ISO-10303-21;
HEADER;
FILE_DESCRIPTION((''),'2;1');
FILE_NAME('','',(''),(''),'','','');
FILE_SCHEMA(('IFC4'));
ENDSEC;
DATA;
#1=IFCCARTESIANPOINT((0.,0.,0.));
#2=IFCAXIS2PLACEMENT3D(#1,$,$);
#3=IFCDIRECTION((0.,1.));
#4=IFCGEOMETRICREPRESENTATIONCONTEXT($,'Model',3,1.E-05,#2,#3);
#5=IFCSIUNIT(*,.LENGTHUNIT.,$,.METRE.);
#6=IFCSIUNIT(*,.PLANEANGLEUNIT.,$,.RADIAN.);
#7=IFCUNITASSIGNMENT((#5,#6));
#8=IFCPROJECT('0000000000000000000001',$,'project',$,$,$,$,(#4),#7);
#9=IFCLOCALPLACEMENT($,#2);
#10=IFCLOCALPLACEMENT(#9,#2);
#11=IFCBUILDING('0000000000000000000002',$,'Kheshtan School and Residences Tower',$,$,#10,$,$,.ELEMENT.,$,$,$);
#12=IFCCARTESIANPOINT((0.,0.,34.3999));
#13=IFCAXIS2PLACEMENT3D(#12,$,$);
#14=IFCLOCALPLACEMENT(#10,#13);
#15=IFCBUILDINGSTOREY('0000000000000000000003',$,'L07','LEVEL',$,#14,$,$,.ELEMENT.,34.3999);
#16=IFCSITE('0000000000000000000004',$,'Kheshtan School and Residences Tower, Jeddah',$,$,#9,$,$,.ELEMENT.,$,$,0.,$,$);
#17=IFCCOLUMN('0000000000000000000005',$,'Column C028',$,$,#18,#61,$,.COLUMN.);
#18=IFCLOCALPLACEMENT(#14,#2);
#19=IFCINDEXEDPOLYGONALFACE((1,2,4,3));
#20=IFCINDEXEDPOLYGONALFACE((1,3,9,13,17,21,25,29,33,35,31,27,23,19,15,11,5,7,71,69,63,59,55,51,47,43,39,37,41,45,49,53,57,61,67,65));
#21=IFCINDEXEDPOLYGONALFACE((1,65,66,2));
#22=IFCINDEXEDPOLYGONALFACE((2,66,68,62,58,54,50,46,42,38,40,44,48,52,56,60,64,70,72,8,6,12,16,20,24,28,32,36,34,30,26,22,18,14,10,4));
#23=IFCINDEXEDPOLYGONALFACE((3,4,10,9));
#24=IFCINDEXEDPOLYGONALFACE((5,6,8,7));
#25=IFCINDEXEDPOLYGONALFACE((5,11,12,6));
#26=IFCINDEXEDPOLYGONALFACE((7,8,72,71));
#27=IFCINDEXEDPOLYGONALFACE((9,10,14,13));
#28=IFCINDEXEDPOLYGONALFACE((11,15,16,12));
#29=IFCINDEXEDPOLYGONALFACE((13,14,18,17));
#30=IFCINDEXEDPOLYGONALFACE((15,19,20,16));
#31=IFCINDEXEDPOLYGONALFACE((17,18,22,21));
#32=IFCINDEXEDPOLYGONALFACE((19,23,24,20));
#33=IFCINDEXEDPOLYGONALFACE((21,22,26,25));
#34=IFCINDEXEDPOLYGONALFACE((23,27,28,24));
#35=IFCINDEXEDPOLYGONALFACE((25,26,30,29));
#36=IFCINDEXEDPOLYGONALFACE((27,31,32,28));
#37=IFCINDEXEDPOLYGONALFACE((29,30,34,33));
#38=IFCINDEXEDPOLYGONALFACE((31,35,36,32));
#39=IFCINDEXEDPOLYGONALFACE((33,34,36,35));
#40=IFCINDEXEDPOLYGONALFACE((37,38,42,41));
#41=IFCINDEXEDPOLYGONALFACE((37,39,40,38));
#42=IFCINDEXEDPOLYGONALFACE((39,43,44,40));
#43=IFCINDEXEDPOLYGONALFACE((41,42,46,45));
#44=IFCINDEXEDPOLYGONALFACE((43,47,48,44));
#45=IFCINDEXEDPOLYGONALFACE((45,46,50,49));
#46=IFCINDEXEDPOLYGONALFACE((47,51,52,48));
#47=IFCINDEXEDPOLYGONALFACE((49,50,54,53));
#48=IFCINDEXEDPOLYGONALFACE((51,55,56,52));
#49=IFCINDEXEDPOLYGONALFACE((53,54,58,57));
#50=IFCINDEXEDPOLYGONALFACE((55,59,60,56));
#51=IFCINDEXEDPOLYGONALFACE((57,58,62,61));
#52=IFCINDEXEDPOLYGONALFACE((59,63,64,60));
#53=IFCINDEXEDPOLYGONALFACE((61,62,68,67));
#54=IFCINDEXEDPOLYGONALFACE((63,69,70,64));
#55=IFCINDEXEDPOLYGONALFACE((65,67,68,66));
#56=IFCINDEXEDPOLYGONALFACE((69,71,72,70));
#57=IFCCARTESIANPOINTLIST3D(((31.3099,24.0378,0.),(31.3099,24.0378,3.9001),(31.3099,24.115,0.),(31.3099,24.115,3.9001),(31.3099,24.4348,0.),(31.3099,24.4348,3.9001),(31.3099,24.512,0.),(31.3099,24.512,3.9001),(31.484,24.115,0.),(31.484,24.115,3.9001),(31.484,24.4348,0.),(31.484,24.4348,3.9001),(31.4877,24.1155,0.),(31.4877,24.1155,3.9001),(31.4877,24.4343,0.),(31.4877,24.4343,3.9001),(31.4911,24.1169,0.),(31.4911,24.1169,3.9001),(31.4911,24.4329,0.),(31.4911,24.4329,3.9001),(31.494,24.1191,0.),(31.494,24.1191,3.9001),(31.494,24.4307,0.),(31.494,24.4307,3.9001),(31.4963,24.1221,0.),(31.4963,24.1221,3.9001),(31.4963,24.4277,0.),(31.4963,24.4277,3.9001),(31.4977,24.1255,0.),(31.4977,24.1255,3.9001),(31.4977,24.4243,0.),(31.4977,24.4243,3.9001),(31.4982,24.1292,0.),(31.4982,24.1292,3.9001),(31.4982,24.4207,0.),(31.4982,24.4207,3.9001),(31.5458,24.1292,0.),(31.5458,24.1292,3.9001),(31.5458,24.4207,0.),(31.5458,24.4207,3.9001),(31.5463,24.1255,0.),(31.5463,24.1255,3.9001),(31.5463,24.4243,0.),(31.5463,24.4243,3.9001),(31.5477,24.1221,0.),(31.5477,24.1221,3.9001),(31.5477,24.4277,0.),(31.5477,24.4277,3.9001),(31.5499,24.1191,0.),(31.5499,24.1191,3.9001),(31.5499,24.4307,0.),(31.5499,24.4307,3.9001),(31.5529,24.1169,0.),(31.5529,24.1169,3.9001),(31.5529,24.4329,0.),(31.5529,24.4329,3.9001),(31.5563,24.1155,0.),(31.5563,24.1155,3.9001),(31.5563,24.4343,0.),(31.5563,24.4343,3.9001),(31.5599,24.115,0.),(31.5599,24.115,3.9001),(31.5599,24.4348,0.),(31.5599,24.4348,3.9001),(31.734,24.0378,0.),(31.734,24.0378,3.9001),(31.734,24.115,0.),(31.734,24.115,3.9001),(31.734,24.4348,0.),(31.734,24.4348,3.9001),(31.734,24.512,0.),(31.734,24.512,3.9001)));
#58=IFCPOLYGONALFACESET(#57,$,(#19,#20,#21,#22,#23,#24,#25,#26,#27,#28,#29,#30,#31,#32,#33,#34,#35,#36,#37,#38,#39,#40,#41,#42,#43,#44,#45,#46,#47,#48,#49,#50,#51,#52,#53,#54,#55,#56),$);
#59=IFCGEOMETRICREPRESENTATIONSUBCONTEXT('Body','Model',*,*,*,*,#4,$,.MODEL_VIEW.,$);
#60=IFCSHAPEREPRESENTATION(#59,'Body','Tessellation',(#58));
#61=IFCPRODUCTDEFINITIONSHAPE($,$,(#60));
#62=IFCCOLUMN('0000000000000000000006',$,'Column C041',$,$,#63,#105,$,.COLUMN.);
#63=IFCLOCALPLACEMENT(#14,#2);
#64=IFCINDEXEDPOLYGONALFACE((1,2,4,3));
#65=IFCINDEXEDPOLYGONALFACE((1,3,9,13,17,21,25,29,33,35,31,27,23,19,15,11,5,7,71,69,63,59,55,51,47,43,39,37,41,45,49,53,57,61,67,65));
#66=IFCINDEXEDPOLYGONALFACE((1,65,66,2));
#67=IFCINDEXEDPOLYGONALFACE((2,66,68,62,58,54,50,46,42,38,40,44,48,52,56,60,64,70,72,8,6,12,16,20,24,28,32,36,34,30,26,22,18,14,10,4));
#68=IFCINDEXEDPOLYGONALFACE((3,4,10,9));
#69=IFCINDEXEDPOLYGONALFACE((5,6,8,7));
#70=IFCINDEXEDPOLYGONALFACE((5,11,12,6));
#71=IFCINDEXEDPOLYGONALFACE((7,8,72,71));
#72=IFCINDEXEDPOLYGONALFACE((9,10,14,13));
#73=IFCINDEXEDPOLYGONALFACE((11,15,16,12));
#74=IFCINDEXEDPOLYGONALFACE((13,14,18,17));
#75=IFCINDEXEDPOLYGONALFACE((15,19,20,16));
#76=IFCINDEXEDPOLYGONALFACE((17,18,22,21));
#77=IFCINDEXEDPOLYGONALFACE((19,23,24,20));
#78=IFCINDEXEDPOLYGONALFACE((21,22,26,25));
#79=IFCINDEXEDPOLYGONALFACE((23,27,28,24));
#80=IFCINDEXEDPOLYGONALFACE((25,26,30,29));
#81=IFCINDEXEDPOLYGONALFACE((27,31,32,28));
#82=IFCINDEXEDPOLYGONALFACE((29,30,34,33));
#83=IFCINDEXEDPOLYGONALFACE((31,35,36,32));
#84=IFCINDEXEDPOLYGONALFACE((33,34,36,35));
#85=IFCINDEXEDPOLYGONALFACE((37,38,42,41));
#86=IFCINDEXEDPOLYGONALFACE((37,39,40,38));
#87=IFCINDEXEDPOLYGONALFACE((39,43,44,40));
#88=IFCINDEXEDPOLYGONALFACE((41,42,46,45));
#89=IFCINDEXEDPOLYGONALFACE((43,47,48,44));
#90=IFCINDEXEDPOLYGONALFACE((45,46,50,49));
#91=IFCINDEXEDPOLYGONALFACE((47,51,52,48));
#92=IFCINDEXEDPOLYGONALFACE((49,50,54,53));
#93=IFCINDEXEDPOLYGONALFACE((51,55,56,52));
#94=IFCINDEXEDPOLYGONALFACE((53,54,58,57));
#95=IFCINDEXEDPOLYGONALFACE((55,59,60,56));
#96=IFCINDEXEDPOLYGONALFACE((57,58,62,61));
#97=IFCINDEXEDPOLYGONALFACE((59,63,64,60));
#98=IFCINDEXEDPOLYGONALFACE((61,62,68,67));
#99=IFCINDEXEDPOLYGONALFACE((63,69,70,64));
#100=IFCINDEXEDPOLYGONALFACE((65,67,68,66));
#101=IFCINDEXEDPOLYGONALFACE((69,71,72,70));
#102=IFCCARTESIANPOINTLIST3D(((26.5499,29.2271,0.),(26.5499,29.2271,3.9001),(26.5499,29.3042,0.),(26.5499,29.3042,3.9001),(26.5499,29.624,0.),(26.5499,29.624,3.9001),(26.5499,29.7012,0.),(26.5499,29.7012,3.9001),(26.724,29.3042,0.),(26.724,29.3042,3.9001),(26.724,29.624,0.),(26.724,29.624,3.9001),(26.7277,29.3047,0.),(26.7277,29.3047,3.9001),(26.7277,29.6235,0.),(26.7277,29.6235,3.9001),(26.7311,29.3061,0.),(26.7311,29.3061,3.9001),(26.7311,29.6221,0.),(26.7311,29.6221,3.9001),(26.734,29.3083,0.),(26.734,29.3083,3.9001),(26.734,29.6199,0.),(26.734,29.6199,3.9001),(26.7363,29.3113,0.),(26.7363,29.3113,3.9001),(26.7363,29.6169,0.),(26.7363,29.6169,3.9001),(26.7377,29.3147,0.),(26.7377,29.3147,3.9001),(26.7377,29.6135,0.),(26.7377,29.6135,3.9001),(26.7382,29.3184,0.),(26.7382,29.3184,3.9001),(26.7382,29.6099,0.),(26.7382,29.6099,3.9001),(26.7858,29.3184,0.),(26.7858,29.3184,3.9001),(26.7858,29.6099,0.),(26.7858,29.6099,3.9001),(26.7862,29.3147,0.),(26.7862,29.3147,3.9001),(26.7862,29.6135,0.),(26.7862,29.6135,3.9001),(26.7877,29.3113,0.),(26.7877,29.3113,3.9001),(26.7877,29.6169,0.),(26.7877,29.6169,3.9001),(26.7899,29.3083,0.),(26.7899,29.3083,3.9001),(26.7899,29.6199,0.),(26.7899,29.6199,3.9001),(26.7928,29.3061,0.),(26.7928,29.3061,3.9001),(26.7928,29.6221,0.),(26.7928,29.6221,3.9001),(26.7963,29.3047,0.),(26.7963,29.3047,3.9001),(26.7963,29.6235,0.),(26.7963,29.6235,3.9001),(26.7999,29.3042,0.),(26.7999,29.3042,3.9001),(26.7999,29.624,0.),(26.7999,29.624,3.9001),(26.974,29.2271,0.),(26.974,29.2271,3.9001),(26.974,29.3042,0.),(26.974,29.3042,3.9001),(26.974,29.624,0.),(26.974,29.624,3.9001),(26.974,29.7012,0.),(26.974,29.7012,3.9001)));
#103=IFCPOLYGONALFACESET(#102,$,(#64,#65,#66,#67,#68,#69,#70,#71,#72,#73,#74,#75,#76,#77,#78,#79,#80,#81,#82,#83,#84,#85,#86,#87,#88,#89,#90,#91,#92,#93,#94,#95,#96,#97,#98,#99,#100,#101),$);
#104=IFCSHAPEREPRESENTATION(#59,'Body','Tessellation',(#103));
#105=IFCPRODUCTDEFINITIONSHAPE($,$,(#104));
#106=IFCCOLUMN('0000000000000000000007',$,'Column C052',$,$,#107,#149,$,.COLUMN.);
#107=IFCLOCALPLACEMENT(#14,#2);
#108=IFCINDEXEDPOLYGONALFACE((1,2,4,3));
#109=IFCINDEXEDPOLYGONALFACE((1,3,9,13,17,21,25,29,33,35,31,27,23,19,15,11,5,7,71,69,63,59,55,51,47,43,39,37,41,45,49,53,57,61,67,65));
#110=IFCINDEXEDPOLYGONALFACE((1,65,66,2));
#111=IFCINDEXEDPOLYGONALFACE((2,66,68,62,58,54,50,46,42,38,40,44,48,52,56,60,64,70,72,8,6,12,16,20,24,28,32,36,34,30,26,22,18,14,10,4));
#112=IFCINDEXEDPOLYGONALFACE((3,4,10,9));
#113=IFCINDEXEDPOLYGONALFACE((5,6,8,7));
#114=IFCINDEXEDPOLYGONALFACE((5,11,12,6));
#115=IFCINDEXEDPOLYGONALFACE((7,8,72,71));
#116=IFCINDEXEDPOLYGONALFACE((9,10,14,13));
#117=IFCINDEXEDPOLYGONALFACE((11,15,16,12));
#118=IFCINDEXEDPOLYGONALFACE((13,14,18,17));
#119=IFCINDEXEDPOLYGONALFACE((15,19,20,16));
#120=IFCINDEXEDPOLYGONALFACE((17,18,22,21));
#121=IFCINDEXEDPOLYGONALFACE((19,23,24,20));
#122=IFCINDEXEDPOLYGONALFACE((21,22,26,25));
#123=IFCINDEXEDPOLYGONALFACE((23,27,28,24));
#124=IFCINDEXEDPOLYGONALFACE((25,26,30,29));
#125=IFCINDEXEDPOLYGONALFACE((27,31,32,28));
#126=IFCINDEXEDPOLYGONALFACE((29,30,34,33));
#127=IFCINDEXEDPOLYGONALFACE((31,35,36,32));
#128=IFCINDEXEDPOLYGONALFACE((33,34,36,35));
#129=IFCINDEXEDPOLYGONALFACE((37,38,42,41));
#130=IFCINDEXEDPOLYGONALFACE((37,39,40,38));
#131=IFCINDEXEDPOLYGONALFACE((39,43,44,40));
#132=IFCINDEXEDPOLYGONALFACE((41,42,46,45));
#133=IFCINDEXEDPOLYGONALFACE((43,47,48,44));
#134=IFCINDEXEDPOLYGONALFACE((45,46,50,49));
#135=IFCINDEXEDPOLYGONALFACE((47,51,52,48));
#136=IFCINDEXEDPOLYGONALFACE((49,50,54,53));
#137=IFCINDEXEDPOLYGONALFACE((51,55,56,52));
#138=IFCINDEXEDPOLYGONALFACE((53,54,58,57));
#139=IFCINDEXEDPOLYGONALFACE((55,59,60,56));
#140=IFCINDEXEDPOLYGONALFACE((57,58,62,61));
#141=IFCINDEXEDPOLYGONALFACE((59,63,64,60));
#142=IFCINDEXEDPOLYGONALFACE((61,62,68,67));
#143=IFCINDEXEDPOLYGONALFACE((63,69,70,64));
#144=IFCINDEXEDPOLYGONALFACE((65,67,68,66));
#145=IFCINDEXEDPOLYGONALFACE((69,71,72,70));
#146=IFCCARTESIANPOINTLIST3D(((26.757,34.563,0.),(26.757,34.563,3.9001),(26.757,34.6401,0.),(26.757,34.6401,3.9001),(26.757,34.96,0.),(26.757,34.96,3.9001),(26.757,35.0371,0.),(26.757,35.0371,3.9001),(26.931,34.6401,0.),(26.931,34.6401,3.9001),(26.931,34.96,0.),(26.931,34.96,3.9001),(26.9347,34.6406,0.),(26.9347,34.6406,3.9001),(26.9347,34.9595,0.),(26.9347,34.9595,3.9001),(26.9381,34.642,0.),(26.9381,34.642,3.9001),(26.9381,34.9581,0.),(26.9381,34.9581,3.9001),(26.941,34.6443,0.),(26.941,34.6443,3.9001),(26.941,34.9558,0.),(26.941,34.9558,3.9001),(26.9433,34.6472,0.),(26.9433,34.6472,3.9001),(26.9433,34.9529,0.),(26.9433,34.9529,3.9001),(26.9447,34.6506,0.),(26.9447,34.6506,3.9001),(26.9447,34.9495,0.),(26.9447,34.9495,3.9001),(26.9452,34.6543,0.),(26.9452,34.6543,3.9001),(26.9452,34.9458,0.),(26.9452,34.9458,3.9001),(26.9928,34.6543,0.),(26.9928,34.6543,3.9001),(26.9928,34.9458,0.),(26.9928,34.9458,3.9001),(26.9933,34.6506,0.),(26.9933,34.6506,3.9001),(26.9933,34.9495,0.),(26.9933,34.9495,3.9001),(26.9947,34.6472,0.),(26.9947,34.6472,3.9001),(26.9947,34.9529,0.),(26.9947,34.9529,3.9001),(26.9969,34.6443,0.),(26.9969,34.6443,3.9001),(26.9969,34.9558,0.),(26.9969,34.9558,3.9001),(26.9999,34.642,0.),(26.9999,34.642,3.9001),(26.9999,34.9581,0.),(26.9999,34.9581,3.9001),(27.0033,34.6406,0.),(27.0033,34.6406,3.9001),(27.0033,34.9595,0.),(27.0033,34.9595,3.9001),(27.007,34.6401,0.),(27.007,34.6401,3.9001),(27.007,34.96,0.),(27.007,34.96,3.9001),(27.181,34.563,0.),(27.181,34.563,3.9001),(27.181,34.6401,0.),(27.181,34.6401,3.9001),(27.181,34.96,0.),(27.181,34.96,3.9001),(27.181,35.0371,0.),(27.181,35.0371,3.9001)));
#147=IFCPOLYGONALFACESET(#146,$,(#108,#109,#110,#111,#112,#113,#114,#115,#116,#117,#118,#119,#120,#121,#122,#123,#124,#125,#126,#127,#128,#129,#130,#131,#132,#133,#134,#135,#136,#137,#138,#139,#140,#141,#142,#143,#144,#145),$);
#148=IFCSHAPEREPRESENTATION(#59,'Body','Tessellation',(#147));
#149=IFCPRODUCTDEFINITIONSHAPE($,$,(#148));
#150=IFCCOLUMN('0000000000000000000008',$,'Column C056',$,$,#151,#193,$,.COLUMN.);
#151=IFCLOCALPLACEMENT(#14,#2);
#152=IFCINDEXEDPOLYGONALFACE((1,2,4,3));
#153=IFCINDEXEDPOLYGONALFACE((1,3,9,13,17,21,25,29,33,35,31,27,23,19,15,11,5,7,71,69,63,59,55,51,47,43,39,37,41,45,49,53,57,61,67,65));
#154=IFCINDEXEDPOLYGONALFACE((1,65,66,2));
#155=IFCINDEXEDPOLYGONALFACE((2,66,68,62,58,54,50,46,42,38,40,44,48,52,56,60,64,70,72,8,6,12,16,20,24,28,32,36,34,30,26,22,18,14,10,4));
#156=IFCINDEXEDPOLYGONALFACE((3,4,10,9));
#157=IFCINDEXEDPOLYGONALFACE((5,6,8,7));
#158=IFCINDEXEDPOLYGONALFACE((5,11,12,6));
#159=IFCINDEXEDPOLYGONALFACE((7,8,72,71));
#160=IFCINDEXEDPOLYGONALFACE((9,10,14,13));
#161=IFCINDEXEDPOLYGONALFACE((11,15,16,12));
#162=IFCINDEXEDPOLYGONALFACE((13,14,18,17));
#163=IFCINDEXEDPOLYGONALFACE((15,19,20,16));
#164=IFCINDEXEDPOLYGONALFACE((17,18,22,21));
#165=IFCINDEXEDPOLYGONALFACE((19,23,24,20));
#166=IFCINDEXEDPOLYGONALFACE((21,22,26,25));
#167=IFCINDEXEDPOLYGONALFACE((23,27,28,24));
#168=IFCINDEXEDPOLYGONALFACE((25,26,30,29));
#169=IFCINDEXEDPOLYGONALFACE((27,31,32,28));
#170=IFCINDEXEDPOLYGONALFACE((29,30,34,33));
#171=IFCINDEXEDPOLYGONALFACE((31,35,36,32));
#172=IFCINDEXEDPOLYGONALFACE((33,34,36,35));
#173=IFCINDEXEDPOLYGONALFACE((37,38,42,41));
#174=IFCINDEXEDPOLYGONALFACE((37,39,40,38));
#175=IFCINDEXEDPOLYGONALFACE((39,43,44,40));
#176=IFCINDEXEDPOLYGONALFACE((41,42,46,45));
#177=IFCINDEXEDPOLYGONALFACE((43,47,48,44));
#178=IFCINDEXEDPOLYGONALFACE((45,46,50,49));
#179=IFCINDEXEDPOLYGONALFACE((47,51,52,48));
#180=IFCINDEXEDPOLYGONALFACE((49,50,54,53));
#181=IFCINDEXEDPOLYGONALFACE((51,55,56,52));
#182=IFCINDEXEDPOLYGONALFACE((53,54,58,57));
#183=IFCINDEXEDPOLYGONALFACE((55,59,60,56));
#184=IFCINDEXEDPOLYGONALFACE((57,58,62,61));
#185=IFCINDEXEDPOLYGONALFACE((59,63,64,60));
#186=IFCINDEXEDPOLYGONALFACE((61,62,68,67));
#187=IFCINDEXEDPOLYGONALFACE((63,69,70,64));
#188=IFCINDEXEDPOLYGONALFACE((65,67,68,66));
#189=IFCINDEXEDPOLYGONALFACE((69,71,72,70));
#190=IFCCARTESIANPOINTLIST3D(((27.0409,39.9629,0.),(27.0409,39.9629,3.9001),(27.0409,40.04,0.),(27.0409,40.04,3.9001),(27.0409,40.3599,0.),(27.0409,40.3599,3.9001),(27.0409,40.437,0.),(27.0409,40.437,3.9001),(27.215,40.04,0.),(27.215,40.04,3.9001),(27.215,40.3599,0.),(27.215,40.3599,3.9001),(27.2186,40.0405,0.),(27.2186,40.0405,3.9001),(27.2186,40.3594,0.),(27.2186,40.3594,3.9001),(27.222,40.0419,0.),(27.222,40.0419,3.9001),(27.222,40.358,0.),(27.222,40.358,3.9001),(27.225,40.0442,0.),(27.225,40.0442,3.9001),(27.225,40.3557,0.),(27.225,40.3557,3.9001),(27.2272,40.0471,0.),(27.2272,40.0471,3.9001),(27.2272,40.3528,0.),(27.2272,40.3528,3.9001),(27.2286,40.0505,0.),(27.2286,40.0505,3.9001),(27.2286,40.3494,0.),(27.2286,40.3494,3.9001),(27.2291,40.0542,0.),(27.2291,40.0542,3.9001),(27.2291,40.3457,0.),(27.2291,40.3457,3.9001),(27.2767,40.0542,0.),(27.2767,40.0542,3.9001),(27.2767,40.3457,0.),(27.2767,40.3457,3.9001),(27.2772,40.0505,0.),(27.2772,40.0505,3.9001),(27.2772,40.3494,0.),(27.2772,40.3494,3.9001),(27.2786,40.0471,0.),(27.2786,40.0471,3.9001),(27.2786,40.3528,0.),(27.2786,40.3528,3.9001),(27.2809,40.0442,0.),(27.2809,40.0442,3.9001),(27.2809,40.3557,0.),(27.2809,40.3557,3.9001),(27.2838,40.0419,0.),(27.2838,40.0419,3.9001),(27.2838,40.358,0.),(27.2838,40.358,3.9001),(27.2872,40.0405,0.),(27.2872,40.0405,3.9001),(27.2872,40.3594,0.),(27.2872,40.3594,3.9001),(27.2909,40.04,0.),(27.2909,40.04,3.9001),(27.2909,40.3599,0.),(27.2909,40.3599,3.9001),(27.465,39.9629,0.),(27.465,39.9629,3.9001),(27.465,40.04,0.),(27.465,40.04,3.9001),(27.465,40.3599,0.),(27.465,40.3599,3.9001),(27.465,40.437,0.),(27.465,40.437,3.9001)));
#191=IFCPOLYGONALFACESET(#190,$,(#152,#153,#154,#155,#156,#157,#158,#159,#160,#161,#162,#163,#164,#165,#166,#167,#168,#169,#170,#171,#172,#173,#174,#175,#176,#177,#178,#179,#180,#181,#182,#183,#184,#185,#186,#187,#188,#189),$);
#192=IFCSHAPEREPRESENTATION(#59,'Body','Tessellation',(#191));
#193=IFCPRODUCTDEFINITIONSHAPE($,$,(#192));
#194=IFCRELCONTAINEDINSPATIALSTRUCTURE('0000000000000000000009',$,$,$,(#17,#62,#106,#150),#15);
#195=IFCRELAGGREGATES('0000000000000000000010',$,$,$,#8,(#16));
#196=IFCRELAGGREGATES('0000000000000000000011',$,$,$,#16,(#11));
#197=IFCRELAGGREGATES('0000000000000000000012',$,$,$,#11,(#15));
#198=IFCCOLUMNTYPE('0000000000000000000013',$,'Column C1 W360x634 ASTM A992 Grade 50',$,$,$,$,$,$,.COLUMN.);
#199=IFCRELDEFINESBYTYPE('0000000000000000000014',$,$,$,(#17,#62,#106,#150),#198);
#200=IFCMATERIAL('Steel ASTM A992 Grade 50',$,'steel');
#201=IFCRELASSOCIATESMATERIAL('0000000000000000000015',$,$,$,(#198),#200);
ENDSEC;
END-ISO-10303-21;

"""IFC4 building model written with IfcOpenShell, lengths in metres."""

from ifc_helpers import new_model, si_unit, direction, frame, origin, origin_2d, place, context, subcontext, project, spatial, i_section, extrude, material, material_profile, profile_set, type_object, element, save


model = new_model("IFC4")

# Units and contexts
model_context = context("Model", 3, precision=1e-05, world=origin(), true_north=direction((0.0, 1.0)))
body_context = subcontext(model_context, "Body", "Model", "MODEL_VIEW")
ifc_project = project(units=[si_unit("LENGTHUNIT", "METRE"), si_unit("PLANEANGLEUNIT", "RADIAN")], contexts=[model_context])

# Site, building, storey
site_placement = place(None, origin())
site = spatial("IfcSite", under=ifc_project, at=site_placement, Name="Kheshtan School and Residences Tower, Jeddah", CompositionType="ELEMENT", RefElevation=0.0)
building_placement = place(site_placement, origin())
building = spatial("IfcBuilding", under=site, at=building_placement, Name="Kheshtan School and Residences Tower", CompositionType="ELEMENT")
storey_placement = place(building_placement, frame((0.0, 0.0, 34.3999)))
storey = spatial("IfcBuildingStorey", under=building, at=storey_placement, Name="L07", Description="LEVEL", CompositionType="ELEMENT", Elevation=34.3999)

# Columns
ifc_material_1 = material(Name="Steel ASTM A992 Grade 50", Category="steel")
ifc_material_profile_1 = material_profile(ifc_material_1, i_section(OverallWidth=0.4241, OverallDepth=0.4741, WebThickness=0.0476, FlangeThickness=0.0771, FilletRadius=0.0142, at=origin_2d()), Name="W360x634")
ifc_profile_set_1 = profile_set([ifc_material_profile_1], Name="Steel ASTM A992 Grade 50")
column_type = type_object("IfcColumnType", Name="Column C1 W360x634 ASTM A992 Grade 50", PredefinedType="COLUMN", material=ifc_profile_set_1)
for number, where, z_axis, x_axis, name in (
    (1, (31.522, 24.2749, 0.0), (0.0, 0.0, 1.0), (1.0, 0.0, 0.0), "Column C028"),
    (2, (26.762, 29.4641, 0.0), (0.0, 0.0, 1.0), (1.0, 0.0, 0.0), "Column C041"),
    (3, (26.969, 34.8, 0.0), (0.0, 0.0, 1.0), (1.0, 0.0, 0.0), "Column C052"),
    (4, (27.2529, 40.2, 0.0), (0.0, 0.0, 1.0), (1.0, 0.0, 0.0), "Column C056"),
):
    element("IfcColumn", number, at=place(storey_placement, frame(where, z_axis=z_axis, x_axis=x_axis)), inside=storey, type_object=column_type, Name=name, PredefinedType="COLUMN", context=body_context, shape_type="SweptSolid", body=[
        extrude(i_section(OverallWidth=0.4241, OverallDepth=0.4741, WebThickness=0.0476, FlangeThickness=0.0771, FilletRadius=0.0142, at=origin_2d()), origin(), (0.0, 0.0, 1.0), 3.9001),
    ])

save(model, "model.ifc")
